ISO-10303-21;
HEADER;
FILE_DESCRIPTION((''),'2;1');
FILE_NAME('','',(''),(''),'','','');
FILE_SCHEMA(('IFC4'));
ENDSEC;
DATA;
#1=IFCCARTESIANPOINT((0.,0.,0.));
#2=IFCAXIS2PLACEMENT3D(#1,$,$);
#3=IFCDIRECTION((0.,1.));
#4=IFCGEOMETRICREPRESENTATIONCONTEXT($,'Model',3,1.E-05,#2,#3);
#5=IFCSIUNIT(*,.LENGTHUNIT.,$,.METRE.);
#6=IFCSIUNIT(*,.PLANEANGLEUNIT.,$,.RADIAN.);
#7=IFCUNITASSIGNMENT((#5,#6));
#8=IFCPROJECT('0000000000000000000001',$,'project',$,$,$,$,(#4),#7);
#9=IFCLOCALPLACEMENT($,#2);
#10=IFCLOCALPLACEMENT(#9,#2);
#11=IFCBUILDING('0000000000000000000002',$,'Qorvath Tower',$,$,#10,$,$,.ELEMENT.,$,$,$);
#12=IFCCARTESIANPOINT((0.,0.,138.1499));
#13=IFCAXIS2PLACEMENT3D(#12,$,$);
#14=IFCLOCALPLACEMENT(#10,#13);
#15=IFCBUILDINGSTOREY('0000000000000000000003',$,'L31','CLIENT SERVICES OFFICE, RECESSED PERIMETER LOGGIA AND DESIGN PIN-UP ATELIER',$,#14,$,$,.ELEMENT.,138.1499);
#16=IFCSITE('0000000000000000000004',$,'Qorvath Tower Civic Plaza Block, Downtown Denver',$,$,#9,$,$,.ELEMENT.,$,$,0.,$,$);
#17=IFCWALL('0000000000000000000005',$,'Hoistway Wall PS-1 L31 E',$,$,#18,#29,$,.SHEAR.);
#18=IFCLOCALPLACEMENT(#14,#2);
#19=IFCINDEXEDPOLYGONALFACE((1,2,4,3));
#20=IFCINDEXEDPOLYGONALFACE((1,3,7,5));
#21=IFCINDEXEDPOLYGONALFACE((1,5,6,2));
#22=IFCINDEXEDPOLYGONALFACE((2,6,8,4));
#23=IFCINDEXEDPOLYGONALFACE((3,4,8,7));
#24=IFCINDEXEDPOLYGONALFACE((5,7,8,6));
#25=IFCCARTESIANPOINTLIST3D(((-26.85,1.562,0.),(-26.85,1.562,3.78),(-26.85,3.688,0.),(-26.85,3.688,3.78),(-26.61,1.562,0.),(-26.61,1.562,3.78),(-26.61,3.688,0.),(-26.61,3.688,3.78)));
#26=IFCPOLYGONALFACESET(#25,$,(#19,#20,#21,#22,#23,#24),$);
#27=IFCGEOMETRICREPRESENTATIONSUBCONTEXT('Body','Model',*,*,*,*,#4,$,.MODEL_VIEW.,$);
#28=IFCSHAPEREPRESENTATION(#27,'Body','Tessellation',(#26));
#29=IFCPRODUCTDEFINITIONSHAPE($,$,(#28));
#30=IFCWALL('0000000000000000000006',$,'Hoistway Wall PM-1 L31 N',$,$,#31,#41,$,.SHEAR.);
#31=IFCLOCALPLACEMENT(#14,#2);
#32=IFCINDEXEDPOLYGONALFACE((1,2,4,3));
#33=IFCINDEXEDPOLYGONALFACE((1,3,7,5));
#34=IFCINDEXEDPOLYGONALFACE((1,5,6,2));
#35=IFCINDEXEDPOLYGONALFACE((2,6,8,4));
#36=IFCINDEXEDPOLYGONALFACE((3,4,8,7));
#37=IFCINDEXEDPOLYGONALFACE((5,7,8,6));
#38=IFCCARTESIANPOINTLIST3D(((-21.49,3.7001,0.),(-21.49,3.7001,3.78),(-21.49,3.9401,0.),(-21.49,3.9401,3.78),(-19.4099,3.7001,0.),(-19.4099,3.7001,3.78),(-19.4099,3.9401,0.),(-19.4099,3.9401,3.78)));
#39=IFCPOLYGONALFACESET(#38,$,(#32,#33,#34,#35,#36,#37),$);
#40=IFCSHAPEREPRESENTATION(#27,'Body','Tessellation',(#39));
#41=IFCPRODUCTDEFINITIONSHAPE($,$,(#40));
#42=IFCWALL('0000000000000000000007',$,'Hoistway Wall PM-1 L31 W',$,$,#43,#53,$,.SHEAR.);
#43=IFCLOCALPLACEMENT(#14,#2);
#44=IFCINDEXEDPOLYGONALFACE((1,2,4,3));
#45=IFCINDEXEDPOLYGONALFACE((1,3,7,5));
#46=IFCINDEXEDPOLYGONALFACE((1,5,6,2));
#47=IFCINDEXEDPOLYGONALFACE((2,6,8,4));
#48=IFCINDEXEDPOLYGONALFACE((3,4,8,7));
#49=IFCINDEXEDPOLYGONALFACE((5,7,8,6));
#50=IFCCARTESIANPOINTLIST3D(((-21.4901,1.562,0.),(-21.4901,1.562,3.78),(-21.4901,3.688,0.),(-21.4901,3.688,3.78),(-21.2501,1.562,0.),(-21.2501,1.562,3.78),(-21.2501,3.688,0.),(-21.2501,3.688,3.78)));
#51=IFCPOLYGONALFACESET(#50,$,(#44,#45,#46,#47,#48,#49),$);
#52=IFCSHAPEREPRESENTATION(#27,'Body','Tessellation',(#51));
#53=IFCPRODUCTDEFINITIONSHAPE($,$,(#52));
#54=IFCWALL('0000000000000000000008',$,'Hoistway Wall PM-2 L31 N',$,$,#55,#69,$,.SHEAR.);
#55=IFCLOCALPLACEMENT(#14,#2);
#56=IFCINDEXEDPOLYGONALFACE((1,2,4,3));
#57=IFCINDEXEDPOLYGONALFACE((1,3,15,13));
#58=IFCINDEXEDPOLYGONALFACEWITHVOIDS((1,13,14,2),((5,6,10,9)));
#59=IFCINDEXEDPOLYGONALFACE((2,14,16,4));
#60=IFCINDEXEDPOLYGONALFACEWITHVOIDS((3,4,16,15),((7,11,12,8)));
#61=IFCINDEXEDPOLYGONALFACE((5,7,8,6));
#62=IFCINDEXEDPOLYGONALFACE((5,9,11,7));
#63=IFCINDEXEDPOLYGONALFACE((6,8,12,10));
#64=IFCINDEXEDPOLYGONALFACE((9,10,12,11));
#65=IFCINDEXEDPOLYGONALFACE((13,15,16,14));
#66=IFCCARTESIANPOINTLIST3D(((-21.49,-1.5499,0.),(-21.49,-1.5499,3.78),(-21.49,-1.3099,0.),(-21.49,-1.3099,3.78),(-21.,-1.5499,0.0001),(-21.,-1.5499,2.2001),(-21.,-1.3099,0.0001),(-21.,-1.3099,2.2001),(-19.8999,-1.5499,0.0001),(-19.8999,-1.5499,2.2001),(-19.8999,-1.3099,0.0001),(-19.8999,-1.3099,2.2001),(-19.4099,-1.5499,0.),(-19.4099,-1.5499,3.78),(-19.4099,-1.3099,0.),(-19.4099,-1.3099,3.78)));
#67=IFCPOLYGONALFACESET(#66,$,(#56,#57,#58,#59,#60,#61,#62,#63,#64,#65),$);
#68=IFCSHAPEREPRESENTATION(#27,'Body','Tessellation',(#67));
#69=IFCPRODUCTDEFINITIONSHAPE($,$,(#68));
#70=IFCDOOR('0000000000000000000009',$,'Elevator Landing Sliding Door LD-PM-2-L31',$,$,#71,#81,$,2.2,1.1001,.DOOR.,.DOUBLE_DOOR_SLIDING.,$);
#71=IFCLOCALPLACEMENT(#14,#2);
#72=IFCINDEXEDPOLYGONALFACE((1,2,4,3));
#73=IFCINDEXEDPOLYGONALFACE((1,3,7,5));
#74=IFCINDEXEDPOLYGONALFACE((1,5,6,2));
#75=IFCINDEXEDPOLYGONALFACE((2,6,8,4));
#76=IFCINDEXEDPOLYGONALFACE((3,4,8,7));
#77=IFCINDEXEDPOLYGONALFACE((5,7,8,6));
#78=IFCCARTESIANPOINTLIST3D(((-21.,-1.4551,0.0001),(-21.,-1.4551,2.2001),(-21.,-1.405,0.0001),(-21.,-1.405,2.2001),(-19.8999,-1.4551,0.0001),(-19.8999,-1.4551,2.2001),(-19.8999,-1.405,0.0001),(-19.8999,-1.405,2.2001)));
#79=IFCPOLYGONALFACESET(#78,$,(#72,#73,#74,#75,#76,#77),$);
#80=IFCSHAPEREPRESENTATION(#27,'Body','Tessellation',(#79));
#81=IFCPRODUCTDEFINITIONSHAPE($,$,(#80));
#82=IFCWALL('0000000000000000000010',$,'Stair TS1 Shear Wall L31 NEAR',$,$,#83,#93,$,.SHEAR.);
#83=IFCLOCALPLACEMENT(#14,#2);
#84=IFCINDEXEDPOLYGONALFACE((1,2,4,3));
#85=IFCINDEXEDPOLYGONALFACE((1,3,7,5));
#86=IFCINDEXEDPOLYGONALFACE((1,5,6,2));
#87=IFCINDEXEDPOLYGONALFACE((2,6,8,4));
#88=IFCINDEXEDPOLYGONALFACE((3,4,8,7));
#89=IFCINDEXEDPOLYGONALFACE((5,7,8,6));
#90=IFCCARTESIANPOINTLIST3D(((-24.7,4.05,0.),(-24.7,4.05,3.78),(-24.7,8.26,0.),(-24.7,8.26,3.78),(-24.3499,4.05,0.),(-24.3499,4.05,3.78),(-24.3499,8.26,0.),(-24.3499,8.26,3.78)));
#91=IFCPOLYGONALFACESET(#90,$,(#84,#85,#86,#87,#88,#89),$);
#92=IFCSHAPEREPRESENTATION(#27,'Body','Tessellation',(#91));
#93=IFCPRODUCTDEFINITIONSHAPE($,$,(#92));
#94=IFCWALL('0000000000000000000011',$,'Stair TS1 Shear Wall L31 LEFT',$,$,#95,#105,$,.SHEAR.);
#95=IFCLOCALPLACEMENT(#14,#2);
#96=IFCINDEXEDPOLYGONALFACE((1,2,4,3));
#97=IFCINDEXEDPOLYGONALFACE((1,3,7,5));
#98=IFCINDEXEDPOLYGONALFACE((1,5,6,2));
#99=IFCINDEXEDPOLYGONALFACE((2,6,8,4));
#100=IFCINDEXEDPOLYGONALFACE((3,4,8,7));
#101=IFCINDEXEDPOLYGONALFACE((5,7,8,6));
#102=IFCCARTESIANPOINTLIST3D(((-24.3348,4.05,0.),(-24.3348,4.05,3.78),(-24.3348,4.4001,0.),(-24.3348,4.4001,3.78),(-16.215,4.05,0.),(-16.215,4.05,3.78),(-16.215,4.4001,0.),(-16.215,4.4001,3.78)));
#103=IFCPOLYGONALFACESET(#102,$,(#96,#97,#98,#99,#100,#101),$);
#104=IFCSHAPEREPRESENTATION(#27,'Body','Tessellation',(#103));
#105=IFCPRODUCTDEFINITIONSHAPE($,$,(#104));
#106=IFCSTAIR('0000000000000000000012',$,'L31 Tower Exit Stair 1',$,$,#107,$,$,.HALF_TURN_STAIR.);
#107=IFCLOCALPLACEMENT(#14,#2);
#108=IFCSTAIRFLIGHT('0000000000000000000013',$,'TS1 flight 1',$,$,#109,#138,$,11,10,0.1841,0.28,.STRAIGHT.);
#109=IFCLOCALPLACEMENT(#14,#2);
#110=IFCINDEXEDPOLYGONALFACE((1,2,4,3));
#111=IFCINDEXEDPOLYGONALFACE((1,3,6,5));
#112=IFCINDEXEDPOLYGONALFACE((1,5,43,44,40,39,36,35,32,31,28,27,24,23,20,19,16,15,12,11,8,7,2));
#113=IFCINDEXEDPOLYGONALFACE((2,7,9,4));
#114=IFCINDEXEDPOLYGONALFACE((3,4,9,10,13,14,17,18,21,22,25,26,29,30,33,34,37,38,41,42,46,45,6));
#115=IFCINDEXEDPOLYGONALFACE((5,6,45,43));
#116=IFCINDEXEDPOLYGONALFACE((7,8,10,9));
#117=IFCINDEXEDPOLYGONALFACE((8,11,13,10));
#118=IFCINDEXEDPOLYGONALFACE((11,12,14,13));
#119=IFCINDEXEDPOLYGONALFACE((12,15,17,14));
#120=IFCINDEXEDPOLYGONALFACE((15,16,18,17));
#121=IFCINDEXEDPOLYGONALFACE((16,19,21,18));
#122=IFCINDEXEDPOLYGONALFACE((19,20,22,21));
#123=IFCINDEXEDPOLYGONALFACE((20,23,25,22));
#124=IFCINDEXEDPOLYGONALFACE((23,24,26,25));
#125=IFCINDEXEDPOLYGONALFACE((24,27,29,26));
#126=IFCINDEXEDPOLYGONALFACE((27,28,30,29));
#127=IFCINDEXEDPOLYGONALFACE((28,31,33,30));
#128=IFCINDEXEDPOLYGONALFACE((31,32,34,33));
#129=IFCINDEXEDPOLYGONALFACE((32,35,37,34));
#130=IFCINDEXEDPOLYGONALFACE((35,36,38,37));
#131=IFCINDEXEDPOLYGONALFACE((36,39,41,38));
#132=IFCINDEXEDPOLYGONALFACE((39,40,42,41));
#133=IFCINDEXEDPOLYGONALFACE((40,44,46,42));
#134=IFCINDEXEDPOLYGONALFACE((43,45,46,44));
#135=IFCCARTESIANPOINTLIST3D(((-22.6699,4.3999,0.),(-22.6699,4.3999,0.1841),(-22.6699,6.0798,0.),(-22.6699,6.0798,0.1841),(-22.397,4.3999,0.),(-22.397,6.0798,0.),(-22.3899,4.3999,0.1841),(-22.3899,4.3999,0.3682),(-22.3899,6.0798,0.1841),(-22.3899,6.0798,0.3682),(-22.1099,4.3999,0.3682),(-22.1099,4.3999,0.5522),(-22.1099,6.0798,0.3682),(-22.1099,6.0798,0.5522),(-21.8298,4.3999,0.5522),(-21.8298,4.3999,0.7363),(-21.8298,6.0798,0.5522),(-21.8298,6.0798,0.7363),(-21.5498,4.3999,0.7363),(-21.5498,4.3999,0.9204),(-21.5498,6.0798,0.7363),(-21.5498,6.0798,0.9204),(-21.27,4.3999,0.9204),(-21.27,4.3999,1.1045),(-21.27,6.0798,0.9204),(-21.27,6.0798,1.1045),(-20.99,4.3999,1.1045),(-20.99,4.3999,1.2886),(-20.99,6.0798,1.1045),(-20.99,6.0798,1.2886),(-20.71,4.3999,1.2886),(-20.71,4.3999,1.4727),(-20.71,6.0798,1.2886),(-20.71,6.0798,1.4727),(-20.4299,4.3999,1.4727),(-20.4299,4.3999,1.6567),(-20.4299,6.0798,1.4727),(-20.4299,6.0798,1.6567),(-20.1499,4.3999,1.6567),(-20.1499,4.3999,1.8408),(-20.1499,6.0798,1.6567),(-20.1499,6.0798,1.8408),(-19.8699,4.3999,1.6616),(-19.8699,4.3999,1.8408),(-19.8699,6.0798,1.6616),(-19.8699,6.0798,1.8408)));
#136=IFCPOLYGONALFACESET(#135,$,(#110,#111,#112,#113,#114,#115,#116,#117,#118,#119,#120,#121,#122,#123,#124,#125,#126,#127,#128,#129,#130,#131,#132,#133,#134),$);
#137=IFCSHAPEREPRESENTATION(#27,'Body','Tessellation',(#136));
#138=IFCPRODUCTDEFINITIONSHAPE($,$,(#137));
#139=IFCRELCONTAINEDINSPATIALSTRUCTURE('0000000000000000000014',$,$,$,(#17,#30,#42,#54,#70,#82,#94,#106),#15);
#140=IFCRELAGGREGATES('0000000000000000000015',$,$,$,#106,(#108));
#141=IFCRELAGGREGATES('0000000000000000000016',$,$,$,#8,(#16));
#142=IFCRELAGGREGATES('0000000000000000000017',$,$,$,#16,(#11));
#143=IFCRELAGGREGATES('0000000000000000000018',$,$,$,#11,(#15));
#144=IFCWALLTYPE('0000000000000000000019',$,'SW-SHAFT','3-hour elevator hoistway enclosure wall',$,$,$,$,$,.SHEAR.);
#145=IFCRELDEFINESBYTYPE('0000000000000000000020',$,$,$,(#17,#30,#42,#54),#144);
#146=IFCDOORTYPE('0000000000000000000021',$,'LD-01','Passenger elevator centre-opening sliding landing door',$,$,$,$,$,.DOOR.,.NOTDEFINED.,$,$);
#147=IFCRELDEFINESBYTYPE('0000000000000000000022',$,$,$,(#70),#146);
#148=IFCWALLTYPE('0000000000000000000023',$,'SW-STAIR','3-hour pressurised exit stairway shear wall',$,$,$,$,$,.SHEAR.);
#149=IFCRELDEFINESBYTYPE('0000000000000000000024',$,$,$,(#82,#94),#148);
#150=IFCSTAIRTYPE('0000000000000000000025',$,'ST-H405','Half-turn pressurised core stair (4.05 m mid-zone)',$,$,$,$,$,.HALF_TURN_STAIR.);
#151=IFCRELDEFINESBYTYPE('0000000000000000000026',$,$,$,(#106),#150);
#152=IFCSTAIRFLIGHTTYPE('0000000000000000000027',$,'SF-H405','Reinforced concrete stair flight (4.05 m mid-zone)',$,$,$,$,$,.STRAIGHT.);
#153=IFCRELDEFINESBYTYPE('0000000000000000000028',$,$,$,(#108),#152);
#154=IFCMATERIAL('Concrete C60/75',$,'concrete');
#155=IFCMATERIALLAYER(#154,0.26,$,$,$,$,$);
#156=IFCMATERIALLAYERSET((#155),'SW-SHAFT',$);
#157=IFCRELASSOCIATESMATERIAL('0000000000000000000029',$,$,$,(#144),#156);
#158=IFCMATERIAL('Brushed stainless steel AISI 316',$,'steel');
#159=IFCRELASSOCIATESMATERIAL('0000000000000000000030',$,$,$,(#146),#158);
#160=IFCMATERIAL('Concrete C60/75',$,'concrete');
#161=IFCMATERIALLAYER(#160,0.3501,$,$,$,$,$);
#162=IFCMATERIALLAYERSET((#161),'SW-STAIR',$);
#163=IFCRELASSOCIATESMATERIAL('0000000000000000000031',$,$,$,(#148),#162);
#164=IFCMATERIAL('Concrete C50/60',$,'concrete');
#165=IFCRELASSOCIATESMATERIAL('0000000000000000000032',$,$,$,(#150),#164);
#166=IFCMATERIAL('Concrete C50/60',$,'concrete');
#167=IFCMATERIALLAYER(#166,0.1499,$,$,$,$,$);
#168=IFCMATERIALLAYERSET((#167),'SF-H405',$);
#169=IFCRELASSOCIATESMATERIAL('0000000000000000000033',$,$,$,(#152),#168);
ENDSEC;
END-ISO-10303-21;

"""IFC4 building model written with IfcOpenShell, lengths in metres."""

from ifc_helpers import new_model, si_unit, direction, frame, frame_2d, origin, place, context, subcontext, project, spatial, polyline, rectangle, outline, extrude, material, layer, layer_set, type_object, element, fill, aggregate, save


model = new_model("IFC4")

# Units and contexts
model_context = context("Model", 3, precision=1e-05, world=origin(), true_north=direction((0.0, 1.0)))
body_context = subcontext(model_context, "Body", "Model", "MODEL_VIEW")
ifc_project = project(units=[si_unit("LENGTHUNIT", "METRE"), si_unit("PLANEANGLEUNIT", "RADIAN")], contexts=[model_context])

# Site, building, storey
site_placement = place(None, origin())
site = spatial("IfcSite", under=ifc_project, at=site_placement, Name="Qorvath Tower Civic Plaza Block, Downtown Denver", CompositionType="ELEMENT", RefElevation=0.0)
building_placement = place(site_placement, origin())
building = spatial("IfcBuilding", under=site, at=building_placement, Name="Qorvath Tower", CompositionType="ELEMENT")
storey_placement = place(building_placement, frame((0.0, 0.0, 138.1499)))
storey = spatial("IfcBuildingStorey", under=building, at=storey_placement, Name="L31", Description="CLIENT SERVICES OFFICE, RECESSED PERIMETER LOGGIA AND DESIGN PIN-UP ATELIER", CompositionType="ELEMENT", Elevation=138.1499)

# Shared definitions
ifc_material_1 = material(Name="Concrete C60/75", Category="concrete")
ifc_layer_1 = layer(ifc_material_1, 0.26)
ifc_layer_set_1 = layer_set([ifc_layer_1], Name="SW-SHAFT")
wall_type_1 = type_object("IfcWallType", Name="SW-SHAFT", Description="3-hour elevator hoistway enclosure wall", PredefinedType="SHEAR", material=ifc_layer_set_1)

# Walls
for number, where, z_axis, x_axis, name in (
    (1, (-26.73, 3.688, 0.0), (0.0, 0.0, 1.0), (0.0, -1.0, 0.0), "Hoistway Wall PS-1 L31 E"),
):
    element("IfcWall", number, at=place(storey_placement, frame(where, z_axis=z_axis, x_axis=x_axis)), inside=storey, type_object=wall_type_1, Name=name, PredefinedType="SHEAR", context=body_context, shape_type="SweptSolid", body=[
        extrude(rectangle(XDim=2.126, YDim=0.24, at=frame_2d((1.063, 0.0))), origin(), (0.0, 0.0, 1.0), 3.78),
    ])
wall_1_placement = place(storey_placement, frame((-21.49, 3.8201, 0.0), z_axis=(0.0, 0.0, 1.0), x_axis=(1.0, 0.0, 0.0)))
element("IfcWall", 2, at=wall_1_placement, inside=storey, type_object=wall_type_1, Name="Hoistway Wall PM-1 L31 N", PredefinedType="SHEAR", context=body_context, shape_type="SweptSolid", body=[
    extrude(rectangle(XDim=2.0801, YDim=0.24, at=frame_2d((1.04, 0.0))), origin(), (0.0, 0.0, 1.0), 3.78),
])
wall_2_placement = place(storey_placement, frame((-21.3701, 1.562, 0.0), z_axis=(0.0, 0.0, 1.0), x_axis=(0.0, 1.0, 0.0)))
element("IfcWall", 3, at=wall_2_placement, inside=storey, type_object=wall_type_1, Name="Hoistway Wall PM-1 L31 W", PredefinedType="SHEAR", context=body_context, shape_type="SweptSolid", body=[
    extrude(rectangle(XDim=2.126, YDim=0.24, at=frame_2d((1.063, 0.0))), origin(), (0.0, 0.0, 1.0), 3.78),
])

# Wall, opening, door
wall_3_placement = place(storey_placement, frame((-21.49, -1.4299, 0.0), z_axis=(0.0, 0.0, 1.0), x_axis=(1.0, 0.0, 0.0)))
wall_3 = element("IfcWall", 4, at=wall_3_placement, inside=storey, type_object=wall_type_1, Name="Hoistway Wall PM-2 L31 N", PredefinedType="SHEAR", context=body_context, shape_type="SweptSolid", body=[
    extrude(rectangle(XDim=2.0801, YDim=0.24, at=frame_2d((1.04, 0.0))), origin(), (0.0, 0.0, 1.0), 3.78),
])
opening_1_placement = place(wall_3_placement, frame((0.49, 0.0, 0.0)))
opening_1 = element("IfcOpeningElement", 5, at=opening_1_placement, cuts=wall_3, PredefinedType="OPENING", context=body_context, shape_type="SweptSolid", body=[
    extrude(rectangle(XDim=1.1001, YDim=2.2, at=frame_2d((0.55, 1.1001))), frame((0.0, 0.1299, 0.0), z_axis=(0.0, -1.0, 0.0), x_axis=(1.0, 0.0, 0.0)), (0.0, 0.0, 1.0), 0.26),
])
ifc_material_2 = material(Name="Brushed stainless steel AISI 316", Category="steel")
door_type_1 = type_object("IfcDoorType", Name="LD-01", Description="Passenger elevator centre-opening sliding landing door", OperationType="NOTDEFINED", PredefinedType="DOOR", material=ifc_material_2)
door_1_placement = place(opening_1_placement, origin())
door_1 = element("IfcDoor", 6, at=door_1_placement, inside=storey, type_object=door_type_1, Name="Elevator Landing Sliding Door LD-PM-2-L31", OperationType="DOUBLE_DOOR_SLIDING", OverallHeight=2.2, OverallWidth=1.1001, PredefinedType="DOOR", context=body_context, shape_type="SweptSolid", body=[
    extrude(rectangle(XDim=1.1001, YDim=2.2, at=frame_2d((0.55, 1.1001))), frame((0.0, 0.0249, 0.0), z_axis=(0.0, -1.0, 0.0), x_axis=(1.0, 0.0, 0.0)), (0.0, 0.0, 1.0), 0.05),
])
fill(opening_1, door_1)

# Walls
ifc_material_3 = material(Name="Concrete C60/75", Category="concrete")
ifc_layer_2 = layer(ifc_material_3, 0.3501)
ifc_layer_set_2 = layer_set([ifc_layer_2], Name="SW-STAIR")
wall_type_2 = type_object("IfcWallType", Name="SW-STAIR", Description="3-hour pressurised exit stairway shear wall", PredefinedType="SHEAR", material=ifc_layer_set_2)
wall_4_placement = place(storey_placement, frame((-24.5249, 8.26, 0.0), z_axis=(0.0, 0.0, 1.0), x_axis=(0.0, -1.0, 0.0)))
element("IfcWall", 7, at=wall_4_placement, inside=storey, type_object=wall_type_2, Name="Stair TS1 Shear Wall L31 NEAR", PredefinedType="SHEAR", context=body_context, shape_type="SweptSolid", body=[
    extrude(rectangle(XDim=4.21, YDim=0.3501, at=frame_2d((2.105, 0.0))), origin(), (0.0, 0.0, 1.0), 3.78),
])
wall_5_placement = place(storey_placement, frame((-24.335, 4.2251, 0.0), z_axis=(0.0, 0.0, 1.0), x_axis=(1.0, 0.0, 0.0)))
element("IfcWall", 8, at=wall_5_placement, inside=storey, type_object=wall_type_2, Name="Stair TS1 Shear Wall L31 LEFT", PredefinedType="SHEAR", context=body_context, shape_type="SweptSolid", body=[
    extrude(rectangle(XDim=8.1199, YDim=0.3501, at=frame_2d((4.0601, 0.0))), origin(), (0.0, 0.0, 1.0), 3.78),
])

# Stair, stair flight
ifc_material_4 = material(Name="Concrete C50/60", Category="concrete")
stair_type = type_object("IfcStairType", Name="ST-H405", Description="Half-turn pressurised core stair (4.05 m mid-zone)", PredefinedType="HALF_TURN_STAIR", material=ifc_material_4)
stair_placement = place(storey_placement, origin())
stair = element("IfcStair", 9, at=stair_placement, inside=storey, type_object=stair_type, Name="L31 Tower Exit Stair 1", PredefinedType="HALF_TURN_STAIR")
ifc_material_5 = material(Name="Concrete C50/60", Category="concrete")
ifc_layer_3 = layer(ifc_material_5, 0.1499)
ifc_layer_set_3 = layer_set([ifc_layer_3], Name="SF-H405")
stair_flight_type = type_object("IfcStairFlightType", Name="SF-H405", Description="Reinforced concrete stair flight (4.05 m mid-zone)", PredefinedType="STRAIGHT", material=ifc_layer_set_3)
stair_flight_placement = place(storey_placement, frame((-22.6699, 5.24, 0.0), z_axis=(0.0, 0.0, 1.0), x_axis=(1.0, 0.0, 0.0)))
stair_flight = element("IfcStairFlight", 10, at=stair_flight_placement, type_object=stair_flight_type, Name="TS1 flight 1", NumberOfRisers=11, NumberOfTreads=10, PredefinedType="STRAIGHT", RiserHeight=0.1841, TreadLength=0.28, context=body_context, shape_type="SweptSolid", body=[
    extrude(outline(polyline([(0.0, 0.0), (0.0, 0.1841), (0.28, 0.1841), (0.28, 0.3682), (0.5601, 0.3682), (0.5601, 0.5522), (0.8401, 0.5522), (0.8401, 0.7363), (1.1201, 0.7363), (1.1201, 0.9204), (1.3999, 0.9204), (1.3999, 1.1045), (1.6799, 1.1045), (1.6799, 1.2886), (1.96, 1.2886), (1.96, 1.4727), (2.24, 1.4727), (2.24, 1.6567), (2.52, 1.6567), (2.52, 1.8408), (2.8, 1.8408), (2.8, 2.0249), (2.8, 1.6616), (0.2729, 0.0), (0.0, 0.0)])), frame((0.0, 0.8398, 0.0), z_axis=(0.0, -1.0, 0.0), x_axis=(1.0, 0.0, 0.0)), (0.0, 0.0, 1.0), 1.6799),
])
aggregate(stair, [stair_flight])

save(model, "model.ifc")
